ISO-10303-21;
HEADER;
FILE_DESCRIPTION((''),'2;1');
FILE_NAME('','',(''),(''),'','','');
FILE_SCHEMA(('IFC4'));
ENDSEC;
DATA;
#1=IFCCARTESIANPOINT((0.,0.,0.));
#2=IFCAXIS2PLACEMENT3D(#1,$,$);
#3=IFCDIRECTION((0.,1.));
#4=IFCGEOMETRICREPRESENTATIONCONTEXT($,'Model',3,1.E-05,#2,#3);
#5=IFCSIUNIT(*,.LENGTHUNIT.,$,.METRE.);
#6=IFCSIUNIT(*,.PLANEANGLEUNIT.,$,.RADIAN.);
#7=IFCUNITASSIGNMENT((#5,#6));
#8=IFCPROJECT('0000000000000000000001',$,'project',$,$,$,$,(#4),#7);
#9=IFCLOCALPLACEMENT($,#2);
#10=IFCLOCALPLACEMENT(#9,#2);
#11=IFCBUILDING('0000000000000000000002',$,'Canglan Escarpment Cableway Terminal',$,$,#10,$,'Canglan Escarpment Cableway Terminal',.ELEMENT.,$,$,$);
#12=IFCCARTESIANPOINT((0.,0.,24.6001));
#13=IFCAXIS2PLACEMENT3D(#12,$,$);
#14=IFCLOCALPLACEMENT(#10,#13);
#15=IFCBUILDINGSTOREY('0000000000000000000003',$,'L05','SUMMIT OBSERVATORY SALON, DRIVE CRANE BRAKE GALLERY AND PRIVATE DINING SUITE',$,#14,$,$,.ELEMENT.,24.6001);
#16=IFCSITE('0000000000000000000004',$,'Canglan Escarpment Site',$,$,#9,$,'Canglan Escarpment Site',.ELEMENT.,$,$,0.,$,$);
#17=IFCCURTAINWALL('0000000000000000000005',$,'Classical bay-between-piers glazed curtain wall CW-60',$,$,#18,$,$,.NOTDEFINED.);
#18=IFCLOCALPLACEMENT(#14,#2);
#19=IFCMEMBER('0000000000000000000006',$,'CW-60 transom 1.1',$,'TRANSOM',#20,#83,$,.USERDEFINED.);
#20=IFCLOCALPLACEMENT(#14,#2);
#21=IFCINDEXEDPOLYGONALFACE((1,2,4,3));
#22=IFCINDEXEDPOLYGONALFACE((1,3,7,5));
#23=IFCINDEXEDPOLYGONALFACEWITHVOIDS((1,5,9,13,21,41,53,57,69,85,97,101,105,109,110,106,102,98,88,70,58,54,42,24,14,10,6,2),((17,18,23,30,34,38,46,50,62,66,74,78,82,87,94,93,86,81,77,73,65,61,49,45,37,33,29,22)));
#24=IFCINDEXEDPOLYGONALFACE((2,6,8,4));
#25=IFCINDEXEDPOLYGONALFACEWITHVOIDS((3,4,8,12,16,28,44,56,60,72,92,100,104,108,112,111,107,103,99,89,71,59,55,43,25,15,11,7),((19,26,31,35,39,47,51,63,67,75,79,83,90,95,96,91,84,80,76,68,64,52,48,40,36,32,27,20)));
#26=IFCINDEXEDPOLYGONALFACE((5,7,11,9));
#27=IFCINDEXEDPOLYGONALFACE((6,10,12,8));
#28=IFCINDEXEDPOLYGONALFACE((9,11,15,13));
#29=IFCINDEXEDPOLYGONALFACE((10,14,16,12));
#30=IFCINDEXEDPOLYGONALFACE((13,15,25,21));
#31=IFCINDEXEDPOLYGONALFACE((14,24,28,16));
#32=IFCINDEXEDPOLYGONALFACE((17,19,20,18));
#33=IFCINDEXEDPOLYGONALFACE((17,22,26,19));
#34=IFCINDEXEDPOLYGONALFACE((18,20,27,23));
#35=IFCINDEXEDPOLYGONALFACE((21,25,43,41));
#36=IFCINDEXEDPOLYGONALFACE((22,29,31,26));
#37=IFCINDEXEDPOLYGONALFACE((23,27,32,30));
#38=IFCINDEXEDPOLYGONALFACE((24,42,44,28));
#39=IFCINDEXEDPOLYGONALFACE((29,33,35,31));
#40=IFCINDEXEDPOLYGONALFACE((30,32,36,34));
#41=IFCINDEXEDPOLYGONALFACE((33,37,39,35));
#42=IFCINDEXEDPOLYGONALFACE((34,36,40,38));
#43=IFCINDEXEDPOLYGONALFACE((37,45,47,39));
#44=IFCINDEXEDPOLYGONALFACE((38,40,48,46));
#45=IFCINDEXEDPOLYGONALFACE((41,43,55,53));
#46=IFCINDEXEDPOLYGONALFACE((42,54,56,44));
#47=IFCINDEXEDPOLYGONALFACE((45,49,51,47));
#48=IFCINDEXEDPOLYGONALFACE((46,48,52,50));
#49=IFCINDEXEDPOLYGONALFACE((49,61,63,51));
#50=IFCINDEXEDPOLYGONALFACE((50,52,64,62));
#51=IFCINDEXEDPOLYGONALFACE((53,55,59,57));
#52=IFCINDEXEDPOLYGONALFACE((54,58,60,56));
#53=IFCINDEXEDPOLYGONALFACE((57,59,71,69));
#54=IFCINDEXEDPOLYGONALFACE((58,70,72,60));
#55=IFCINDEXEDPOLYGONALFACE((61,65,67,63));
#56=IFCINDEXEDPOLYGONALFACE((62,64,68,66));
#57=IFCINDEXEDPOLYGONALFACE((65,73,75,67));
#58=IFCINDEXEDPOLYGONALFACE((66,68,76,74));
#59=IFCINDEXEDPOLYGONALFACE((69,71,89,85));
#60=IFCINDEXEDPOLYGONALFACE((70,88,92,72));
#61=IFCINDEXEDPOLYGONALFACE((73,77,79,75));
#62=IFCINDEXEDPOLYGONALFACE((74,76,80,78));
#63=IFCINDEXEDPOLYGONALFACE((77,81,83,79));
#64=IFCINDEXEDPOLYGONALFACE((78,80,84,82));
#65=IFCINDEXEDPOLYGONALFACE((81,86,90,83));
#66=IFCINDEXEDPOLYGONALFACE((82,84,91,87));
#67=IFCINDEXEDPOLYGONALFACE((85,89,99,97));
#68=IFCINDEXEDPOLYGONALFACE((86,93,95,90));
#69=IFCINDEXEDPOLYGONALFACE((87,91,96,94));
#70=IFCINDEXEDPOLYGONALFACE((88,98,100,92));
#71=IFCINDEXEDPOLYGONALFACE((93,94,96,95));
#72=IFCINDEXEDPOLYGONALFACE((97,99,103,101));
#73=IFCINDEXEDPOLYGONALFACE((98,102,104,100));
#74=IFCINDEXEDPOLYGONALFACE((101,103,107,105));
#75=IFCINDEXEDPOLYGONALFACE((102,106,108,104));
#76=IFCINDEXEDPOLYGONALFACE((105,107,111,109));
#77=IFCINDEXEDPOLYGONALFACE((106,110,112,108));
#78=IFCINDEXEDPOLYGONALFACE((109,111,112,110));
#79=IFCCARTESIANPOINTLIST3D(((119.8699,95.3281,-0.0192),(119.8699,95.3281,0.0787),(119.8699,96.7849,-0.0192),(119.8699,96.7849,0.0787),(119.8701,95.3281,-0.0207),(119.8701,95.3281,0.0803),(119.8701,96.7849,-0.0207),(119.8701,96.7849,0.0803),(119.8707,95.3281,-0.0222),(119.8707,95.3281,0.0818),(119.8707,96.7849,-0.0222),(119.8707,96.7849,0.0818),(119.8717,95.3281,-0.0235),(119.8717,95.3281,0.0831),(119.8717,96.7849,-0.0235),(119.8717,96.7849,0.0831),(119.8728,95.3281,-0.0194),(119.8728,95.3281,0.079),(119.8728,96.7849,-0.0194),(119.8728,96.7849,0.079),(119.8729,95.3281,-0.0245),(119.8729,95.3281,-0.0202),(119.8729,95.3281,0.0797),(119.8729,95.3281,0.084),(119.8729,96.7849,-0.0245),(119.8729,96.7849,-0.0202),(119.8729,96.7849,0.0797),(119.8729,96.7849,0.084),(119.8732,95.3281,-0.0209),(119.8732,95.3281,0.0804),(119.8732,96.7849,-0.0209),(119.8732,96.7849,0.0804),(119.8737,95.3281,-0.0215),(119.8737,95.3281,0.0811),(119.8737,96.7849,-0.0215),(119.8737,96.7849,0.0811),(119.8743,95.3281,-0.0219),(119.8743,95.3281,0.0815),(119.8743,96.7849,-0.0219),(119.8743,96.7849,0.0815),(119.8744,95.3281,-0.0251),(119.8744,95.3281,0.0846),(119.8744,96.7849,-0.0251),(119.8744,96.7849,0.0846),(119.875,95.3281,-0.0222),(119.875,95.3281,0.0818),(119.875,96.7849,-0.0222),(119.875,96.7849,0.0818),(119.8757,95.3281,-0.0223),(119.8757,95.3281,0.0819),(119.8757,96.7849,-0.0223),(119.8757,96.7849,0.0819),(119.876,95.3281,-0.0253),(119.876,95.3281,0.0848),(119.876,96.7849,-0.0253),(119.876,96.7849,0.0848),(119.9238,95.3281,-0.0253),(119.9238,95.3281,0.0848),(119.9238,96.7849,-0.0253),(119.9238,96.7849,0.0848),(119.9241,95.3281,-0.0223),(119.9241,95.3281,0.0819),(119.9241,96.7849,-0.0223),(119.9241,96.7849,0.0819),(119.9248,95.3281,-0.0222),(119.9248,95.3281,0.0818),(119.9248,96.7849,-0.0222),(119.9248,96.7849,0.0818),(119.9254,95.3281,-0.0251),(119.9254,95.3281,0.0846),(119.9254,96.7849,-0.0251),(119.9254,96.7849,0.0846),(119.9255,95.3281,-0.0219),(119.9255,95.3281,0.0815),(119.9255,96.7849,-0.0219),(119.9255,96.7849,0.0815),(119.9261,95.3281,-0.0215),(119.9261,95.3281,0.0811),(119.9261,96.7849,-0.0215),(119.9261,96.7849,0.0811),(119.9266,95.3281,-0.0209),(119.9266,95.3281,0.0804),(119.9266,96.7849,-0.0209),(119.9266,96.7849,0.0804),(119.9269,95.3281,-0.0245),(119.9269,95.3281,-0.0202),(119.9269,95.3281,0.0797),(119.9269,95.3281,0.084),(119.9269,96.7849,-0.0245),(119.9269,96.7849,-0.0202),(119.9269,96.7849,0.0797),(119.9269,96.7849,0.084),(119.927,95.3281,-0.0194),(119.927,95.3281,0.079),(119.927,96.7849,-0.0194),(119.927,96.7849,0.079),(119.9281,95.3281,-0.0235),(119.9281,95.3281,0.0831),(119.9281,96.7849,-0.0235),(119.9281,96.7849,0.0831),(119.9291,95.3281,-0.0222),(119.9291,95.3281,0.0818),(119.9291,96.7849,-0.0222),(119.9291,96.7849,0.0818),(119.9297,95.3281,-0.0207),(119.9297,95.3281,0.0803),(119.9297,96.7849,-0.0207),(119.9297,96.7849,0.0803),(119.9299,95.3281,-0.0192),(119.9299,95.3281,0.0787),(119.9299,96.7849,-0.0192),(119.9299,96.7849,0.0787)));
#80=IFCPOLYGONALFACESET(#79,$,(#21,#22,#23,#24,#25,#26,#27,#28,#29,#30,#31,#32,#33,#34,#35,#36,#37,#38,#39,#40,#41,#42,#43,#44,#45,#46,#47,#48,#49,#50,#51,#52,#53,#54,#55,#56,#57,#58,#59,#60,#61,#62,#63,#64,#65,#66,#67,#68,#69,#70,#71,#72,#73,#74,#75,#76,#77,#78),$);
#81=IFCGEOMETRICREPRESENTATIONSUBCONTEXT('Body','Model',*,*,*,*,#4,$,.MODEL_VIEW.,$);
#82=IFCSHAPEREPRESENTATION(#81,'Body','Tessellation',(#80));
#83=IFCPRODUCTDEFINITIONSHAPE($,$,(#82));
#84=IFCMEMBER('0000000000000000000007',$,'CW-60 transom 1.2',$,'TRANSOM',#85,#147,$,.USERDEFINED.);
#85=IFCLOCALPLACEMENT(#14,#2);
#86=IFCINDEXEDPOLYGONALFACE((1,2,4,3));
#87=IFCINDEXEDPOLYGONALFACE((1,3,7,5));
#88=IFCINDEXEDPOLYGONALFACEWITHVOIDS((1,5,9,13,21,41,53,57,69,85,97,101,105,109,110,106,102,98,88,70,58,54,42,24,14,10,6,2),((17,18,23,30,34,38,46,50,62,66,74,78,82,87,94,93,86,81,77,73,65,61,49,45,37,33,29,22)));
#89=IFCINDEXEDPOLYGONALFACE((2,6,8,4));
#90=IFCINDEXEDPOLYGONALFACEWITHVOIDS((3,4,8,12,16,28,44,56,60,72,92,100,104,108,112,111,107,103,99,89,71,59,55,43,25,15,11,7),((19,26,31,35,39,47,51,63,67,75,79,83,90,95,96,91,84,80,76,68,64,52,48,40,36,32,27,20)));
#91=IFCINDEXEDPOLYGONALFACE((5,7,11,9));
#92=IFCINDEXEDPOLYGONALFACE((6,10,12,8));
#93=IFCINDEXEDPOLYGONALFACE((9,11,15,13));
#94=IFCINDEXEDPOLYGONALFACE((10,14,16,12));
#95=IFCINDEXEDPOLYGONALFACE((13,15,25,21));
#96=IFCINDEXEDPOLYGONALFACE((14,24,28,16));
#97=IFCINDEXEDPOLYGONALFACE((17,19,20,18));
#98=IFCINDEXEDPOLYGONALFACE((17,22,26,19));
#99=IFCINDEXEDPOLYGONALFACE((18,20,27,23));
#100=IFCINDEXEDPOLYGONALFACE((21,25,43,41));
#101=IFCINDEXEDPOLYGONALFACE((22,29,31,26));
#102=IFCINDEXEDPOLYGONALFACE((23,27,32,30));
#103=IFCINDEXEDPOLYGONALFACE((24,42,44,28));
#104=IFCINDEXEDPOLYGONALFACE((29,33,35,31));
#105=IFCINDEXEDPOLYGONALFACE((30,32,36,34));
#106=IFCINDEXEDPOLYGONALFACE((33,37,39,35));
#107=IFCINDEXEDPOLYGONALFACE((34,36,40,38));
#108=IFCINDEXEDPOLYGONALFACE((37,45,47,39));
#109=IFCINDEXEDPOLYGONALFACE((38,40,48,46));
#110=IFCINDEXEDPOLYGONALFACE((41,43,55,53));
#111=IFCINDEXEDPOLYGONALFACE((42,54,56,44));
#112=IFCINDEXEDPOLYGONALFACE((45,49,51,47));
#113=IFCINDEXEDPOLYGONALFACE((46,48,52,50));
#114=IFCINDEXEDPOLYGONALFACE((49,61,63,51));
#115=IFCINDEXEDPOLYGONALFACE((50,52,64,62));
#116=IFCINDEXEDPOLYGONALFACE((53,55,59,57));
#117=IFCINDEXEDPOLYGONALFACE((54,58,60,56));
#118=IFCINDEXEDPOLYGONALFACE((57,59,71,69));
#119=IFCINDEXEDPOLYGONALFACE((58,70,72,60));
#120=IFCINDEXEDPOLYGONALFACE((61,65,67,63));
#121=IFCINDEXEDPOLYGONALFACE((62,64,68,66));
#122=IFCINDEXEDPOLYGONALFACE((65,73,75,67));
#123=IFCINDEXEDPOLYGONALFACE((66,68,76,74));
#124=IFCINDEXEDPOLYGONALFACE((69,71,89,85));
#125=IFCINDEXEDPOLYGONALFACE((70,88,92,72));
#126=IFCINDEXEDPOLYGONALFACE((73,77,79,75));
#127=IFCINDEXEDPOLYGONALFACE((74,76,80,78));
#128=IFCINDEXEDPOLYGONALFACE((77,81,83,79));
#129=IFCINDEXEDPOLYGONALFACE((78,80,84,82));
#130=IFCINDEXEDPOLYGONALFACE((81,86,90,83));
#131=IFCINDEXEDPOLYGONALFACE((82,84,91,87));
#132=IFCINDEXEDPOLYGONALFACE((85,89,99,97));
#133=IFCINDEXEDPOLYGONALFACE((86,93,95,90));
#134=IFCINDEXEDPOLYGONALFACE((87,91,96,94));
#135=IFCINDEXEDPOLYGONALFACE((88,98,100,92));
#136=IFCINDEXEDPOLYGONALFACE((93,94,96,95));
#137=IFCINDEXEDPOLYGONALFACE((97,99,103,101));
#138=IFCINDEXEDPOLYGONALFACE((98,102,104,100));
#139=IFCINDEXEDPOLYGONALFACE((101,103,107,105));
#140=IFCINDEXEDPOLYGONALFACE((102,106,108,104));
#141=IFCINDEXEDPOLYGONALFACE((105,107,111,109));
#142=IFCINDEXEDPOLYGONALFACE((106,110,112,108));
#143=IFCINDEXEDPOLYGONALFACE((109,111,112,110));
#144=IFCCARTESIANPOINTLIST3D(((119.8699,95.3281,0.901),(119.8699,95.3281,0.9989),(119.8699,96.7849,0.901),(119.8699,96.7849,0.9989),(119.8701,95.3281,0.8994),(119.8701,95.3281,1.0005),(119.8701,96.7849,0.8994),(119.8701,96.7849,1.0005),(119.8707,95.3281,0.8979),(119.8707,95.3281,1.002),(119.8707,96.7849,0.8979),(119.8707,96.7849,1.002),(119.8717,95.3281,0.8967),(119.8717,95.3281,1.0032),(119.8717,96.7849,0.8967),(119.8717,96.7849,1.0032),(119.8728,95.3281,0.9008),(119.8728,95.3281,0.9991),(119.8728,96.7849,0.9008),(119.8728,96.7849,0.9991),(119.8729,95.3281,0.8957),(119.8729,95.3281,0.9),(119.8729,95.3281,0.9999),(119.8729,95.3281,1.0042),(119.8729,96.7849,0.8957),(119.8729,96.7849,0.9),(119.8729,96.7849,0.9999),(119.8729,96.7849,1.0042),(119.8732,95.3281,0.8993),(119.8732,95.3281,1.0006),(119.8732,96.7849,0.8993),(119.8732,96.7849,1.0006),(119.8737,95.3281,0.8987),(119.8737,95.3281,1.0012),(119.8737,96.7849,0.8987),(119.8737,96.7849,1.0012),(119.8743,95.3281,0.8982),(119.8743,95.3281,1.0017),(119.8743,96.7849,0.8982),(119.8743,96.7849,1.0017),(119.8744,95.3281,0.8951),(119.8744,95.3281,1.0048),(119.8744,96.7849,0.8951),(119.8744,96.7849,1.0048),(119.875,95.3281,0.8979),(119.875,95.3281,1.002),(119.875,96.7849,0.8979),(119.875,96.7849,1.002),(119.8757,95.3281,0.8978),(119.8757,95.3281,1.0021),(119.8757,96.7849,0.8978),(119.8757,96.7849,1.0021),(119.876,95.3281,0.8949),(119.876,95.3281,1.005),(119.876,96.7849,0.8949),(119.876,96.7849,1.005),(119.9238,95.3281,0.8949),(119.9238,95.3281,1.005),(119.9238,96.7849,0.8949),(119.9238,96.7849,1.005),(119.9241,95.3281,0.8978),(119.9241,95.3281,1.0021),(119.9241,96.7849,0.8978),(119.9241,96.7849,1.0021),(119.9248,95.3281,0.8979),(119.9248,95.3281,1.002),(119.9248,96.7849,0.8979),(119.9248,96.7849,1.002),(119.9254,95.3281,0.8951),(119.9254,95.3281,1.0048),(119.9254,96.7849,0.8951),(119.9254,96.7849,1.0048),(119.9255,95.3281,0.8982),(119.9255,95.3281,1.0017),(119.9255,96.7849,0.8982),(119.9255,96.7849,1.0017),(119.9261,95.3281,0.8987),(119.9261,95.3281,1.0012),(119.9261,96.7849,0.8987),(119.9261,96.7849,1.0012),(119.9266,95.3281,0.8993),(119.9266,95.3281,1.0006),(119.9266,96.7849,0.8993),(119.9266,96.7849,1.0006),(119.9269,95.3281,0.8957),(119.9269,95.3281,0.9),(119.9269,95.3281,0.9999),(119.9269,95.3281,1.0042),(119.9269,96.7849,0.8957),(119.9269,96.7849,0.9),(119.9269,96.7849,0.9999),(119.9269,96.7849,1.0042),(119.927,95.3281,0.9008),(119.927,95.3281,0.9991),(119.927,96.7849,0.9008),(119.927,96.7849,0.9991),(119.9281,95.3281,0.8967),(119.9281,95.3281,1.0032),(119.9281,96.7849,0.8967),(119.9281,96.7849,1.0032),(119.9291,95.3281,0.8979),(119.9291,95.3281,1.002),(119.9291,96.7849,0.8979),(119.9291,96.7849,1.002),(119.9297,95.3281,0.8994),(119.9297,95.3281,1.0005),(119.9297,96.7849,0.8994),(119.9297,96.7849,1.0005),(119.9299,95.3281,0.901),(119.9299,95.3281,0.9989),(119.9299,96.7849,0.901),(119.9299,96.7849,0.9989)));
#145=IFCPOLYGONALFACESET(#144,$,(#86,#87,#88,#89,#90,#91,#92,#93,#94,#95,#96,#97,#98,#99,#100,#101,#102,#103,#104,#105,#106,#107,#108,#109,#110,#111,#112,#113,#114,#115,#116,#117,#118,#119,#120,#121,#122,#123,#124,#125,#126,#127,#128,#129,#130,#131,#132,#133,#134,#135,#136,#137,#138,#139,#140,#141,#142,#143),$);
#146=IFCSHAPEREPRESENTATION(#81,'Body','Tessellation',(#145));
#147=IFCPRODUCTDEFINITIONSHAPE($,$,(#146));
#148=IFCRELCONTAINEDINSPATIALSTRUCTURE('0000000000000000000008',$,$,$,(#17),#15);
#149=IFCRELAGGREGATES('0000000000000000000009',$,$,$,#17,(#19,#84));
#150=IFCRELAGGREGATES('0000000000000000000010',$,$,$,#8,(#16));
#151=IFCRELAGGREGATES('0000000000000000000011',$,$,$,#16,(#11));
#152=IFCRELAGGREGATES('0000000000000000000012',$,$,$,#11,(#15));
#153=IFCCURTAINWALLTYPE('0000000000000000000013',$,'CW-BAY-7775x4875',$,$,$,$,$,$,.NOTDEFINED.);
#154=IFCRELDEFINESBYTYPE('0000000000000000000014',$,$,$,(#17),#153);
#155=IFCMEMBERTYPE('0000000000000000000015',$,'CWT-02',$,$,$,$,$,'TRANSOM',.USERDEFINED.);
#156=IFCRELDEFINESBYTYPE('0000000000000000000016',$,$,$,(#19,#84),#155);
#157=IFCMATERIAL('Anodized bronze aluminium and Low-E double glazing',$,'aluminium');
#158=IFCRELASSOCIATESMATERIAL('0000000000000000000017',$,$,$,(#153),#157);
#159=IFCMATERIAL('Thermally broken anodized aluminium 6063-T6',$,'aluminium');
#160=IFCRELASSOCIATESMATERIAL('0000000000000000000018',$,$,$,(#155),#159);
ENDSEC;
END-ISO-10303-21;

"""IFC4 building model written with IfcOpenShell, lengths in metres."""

from ifc_helpers import new_model, si_unit, direction, frame, origin, origin_2d, place, context, subcontext, project, spatial, hollow_rectangle, extrude, material, material_profile, profile_set, type_object, element, aggregate, save


model = new_model("IFC4")

# Units and contexts
model_context = context("Model", 3, precision=1e-05, world=origin(), true_north=direction((0.0, 1.0)))
body_context = subcontext(model_context, "Body", "Model", "MODEL_VIEW")
ifc_project = project(units=[si_unit("LENGTHUNIT", "METRE"), si_unit("PLANEANGLEUNIT", "RADIAN")], contexts=[model_context])

# Site, building, storey
site_placement = place(None, origin())
site = spatial("IfcSite", under=ifc_project, at=site_placement, Name="Canglan Escarpment Site", LongName="Canglan Escarpment Site", CompositionType="ELEMENT", RefElevation=0.0)
building_placement = place(site_placement, origin())
building = spatial("IfcBuilding", under=site, at=building_placement, Name="Canglan Escarpment Cableway Terminal", LongName="Canglan Escarpment Cableway Terminal", CompositionType="ELEMENT")
storey_placement = place(building_placement, frame((0.0, 0.0, 24.6001)))
storey = spatial("IfcBuildingStorey", under=building, at=storey_placement, Name="L05", Description="SUMMIT OBSERVATORY SALON, DRIVE CRANE BRAKE GALLERY AND PRIVATE DINING SUITE", CompositionType="ELEMENT", Elevation=24.6001)

# Shared definitions
ifc_material_1 = material(Name="Anodized bronze aluminium and Low-E double glazing", Category="aluminium")
ifc_material_2 = material(Name="Thermally broken anodized aluminium 6063-T6", Category="aluminium")

# Curtain wall, members
curtain_wall_type_1 = type_object("IfcCurtainWallType", Name="CW-BAY-7775x4875", PredefinedType="NOTDEFINED", material=ifc_material_1)
curtain_wall_1_placement = place(storey_placement, origin())
curtain_wall_1 = element("IfcCurtainWall", 1, at=curtain_wall_1_placement, inside=storey, type_object=curtain_wall_type_1, Name="Classical bay-between-piers glazed curtain wall CW-60", PredefinedType="NOTDEFINED")
ifc_material_profile_1 = material_profile(ifc_material_2, hollow_rectangle(XDim=0.0601, YDim=0.1101, WallThickness=0.0029, InnerFilletRadius=0.0029, OuterFilletRadius=0.0061, at=origin_2d()), Name="ALU-TRAN 60x110x3")
ifc_profile_set_1 = profile_set([ifc_material_profile_1], Name="Thermally broken anodized aluminium 6063-T6")
member_type_1 = type_object("IfcMemberType", Name="CWT-02", ElementType="TRANSOM", PredefinedType="USERDEFINED", material=ifc_profile_set_1)
member_1_placement = place(storey_placement, frame((119.8999, 96.7849, 0.0298), z_axis=(0.0, -1.0, 0.0), x_axis=(1.0, 0.0, 0.0)))
member_1 = element("IfcMember", 2, at=member_1_placement, type_object=member_type_1, Name="CW-60 transom 1.1", ObjectType="TRANSOM", PredefinedType="USERDEFINED", context=body_context, shape_type="SweptSolid", body=[
    extrude(hollow_rectangle(XDim=0.0601, YDim=0.1101, WallThickness=0.0029, InnerFilletRadius=0.0029, OuterFilletRadius=0.0061, at=origin_2d()), origin(), (0.0, 0.0, 1.0), 1.4568),
])
member_2_placement = place(storey_placement, frame((119.8999, 96.7849, 0.95), z_axis=(0.0, -1.0, 0.0), x_axis=(1.0, 0.0, 0.0)))
member_2 = element("IfcMember", 3, at=member_2_placement, type_object=member_type_1, Name="CW-60 transom 1.2", ObjectType="TRANSOM", PredefinedType="USERDEFINED", context=body_context, shape_type="SweptSolid", body=[
    extrude(hollow_rectangle(XDim=0.0601, YDim=0.1101, WallThickness=0.0029, InnerFilletRadius=0.0029, OuterFilletRadius=0.0061, at=origin_2d()), origin(), (0.0, 0.0, 1.0), 1.4568),
])
aggregate(curtain_wall_1, [member_1, member_2])

save(model, "model.ifc")
